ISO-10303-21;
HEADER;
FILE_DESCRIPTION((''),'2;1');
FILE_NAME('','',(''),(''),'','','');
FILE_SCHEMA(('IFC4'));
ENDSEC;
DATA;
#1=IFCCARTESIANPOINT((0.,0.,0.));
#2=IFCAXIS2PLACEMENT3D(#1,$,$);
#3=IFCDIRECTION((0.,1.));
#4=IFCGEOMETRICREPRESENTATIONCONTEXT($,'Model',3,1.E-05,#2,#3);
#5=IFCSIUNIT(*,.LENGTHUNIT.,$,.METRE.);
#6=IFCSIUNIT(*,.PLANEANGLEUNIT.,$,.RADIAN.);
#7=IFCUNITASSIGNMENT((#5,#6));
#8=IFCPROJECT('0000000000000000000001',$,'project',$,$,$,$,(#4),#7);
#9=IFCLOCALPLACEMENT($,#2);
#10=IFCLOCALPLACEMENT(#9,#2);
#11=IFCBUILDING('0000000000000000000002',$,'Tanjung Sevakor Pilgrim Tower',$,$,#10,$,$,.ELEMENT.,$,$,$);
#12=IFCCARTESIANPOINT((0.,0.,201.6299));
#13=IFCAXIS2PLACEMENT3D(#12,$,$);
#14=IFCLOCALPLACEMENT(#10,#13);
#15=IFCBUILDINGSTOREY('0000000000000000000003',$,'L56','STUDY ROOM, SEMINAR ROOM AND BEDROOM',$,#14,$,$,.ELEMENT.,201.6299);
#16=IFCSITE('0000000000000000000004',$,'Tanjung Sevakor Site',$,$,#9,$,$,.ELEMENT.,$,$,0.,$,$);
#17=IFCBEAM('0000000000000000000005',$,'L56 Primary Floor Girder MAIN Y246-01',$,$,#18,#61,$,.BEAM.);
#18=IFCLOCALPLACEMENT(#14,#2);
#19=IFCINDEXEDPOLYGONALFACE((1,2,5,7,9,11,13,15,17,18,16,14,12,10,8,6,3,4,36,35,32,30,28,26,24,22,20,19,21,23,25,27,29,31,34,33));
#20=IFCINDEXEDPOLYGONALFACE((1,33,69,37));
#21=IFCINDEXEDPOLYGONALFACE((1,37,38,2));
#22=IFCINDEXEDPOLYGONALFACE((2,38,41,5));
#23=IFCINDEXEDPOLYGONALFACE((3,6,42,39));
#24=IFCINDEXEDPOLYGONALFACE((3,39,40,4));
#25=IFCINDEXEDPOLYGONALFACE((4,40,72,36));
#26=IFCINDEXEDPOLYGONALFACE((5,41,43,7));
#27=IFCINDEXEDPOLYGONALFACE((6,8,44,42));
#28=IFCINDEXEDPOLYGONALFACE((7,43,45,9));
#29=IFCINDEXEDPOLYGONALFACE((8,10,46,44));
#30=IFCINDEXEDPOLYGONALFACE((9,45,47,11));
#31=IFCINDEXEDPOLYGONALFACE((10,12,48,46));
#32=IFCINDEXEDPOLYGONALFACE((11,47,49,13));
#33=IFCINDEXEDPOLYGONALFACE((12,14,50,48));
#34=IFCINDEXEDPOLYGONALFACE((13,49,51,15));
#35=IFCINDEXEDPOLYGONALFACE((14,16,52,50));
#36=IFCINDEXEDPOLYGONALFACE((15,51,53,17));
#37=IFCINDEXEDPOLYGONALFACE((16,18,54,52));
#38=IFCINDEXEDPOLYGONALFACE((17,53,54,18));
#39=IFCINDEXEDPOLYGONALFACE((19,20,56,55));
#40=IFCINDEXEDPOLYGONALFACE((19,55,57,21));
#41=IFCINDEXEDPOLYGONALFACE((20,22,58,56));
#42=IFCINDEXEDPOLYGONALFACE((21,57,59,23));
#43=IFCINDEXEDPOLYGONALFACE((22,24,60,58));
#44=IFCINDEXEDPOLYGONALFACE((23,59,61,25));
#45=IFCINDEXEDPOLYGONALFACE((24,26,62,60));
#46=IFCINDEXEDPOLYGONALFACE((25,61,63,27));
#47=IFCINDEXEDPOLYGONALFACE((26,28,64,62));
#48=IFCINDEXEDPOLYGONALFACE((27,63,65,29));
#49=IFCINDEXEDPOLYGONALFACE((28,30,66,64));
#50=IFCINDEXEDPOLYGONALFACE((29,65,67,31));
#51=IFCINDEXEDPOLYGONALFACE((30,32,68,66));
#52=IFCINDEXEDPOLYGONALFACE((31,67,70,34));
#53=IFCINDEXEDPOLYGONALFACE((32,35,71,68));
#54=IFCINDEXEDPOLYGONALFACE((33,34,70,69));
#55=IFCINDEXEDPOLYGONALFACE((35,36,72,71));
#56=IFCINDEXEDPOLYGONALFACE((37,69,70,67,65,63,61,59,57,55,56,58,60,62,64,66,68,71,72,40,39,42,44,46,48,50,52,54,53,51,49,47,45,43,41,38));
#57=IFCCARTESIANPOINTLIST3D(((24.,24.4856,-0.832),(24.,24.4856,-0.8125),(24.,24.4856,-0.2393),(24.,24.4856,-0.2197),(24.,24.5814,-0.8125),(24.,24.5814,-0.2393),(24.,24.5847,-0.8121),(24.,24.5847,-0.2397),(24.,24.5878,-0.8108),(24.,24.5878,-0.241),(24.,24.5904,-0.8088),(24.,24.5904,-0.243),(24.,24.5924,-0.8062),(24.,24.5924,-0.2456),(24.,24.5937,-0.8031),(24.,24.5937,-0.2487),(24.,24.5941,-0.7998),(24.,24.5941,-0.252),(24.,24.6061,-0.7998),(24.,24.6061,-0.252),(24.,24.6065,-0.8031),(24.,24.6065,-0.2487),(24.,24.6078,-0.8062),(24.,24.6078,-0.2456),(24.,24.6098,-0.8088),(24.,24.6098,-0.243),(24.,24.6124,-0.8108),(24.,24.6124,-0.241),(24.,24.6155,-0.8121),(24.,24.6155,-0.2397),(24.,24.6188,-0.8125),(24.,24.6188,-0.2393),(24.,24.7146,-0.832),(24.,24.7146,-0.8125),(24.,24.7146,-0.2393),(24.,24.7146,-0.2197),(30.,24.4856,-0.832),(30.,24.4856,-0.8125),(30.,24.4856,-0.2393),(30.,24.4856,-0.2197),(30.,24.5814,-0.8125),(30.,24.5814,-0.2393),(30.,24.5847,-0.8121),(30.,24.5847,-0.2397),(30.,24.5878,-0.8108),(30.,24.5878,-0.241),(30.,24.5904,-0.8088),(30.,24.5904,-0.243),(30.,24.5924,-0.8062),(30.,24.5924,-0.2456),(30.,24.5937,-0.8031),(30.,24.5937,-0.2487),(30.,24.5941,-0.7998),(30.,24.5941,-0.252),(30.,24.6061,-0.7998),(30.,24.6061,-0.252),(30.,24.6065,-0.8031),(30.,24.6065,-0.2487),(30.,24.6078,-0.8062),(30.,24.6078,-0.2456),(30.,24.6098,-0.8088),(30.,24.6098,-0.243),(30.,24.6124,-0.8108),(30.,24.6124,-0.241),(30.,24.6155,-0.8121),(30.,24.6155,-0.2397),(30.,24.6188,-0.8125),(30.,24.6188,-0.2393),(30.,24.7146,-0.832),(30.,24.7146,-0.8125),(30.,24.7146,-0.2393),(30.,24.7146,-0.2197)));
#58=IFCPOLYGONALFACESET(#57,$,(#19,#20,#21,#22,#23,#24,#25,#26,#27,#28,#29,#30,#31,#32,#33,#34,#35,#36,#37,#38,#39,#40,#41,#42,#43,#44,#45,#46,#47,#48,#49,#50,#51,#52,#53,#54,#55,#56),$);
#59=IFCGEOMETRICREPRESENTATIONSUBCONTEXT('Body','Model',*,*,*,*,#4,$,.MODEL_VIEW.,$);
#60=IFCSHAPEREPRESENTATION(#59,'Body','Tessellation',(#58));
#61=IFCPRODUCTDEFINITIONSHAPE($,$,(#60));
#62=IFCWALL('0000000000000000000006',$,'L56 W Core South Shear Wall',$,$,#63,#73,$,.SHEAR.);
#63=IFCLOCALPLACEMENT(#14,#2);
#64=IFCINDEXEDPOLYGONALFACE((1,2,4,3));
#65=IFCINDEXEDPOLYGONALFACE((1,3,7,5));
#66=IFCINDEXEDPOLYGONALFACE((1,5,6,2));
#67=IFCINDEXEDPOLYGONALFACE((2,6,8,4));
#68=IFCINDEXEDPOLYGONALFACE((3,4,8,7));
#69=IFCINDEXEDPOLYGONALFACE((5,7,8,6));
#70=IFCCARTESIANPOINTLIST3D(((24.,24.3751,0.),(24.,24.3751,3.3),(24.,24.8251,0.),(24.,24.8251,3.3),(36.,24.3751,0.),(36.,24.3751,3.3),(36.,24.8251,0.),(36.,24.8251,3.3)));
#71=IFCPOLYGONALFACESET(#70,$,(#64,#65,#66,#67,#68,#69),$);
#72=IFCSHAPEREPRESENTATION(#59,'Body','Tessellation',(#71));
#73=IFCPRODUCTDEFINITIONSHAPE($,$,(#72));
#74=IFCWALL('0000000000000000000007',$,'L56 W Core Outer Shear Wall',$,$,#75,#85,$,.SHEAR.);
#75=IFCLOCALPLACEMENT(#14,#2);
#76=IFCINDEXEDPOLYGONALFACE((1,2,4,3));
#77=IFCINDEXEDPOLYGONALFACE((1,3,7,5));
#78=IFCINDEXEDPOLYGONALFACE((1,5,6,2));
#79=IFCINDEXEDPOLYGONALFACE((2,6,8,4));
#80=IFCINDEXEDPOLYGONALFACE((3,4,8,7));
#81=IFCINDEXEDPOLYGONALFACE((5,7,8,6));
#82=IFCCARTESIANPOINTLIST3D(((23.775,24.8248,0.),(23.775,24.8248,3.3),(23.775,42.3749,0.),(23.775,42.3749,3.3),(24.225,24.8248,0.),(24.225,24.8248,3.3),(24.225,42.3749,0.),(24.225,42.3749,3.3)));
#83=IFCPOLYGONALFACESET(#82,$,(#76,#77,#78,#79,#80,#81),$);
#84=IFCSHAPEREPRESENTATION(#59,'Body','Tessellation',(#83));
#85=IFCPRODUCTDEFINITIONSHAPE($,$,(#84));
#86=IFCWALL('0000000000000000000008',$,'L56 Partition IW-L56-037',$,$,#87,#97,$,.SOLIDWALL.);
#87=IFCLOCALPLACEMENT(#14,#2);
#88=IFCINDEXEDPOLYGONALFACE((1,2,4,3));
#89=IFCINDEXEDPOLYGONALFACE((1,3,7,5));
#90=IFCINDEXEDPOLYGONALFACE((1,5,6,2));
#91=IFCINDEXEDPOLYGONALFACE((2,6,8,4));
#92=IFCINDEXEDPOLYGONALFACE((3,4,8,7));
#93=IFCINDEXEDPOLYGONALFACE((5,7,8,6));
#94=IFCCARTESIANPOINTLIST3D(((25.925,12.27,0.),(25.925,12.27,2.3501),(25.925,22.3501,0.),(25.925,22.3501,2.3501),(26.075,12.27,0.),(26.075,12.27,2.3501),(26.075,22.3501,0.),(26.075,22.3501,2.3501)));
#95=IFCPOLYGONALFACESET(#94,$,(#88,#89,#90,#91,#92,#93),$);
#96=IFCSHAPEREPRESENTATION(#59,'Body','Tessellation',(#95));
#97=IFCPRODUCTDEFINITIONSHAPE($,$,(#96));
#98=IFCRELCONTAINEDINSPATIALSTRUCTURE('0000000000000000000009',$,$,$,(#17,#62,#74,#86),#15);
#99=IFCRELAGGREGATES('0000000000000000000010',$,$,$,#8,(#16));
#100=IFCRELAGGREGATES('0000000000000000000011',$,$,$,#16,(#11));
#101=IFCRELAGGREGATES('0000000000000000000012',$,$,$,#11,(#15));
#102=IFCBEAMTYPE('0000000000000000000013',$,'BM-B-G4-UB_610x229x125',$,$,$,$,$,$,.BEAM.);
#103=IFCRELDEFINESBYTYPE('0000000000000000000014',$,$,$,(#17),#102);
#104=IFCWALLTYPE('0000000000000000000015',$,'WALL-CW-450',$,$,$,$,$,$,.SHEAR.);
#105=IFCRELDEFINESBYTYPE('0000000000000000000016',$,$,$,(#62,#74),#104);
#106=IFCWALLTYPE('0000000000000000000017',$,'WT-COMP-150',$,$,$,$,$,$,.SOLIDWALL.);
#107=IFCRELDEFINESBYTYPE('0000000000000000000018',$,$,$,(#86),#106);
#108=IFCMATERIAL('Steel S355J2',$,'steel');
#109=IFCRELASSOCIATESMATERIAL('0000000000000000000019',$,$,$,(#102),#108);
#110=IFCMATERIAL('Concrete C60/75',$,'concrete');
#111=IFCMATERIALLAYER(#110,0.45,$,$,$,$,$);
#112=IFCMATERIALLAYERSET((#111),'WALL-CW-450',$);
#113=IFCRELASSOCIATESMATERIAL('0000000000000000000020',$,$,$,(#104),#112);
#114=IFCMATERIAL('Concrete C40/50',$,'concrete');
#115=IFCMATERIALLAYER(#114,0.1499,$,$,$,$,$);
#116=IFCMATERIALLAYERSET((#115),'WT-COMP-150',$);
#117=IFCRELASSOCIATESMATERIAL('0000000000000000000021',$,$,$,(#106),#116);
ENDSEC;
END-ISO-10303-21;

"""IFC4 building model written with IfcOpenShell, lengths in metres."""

from ifc_helpers import new_model, si_unit, direction, frame, frame_2d, origin, origin_2d, place, context, subcontext, project, spatial, rectangle, i_section, extrude, material, layer, layer_set, material_profile, profile_set, type_object, element, save


model = new_model("IFC4")

# Units and contexts
model_context = context("Model", 3, precision=1e-05, world=origin(), true_north=direction((0.0, 1.0)))
body_context = subcontext(model_context, "Body", "Model", "MODEL_VIEW")
ifc_project = project(units=[si_unit("LENGTHUNIT", "METRE"), si_unit("PLANEANGLEUNIT", "RADIAN")], contexts=[model_context])

# Site, building, storey
site_placement = place(None, origin())
site = spatial("IfcSite", under=ifc_project, at=site_placement, Name="Tanjung Sevakor Site", CompositionType="ELEMENT", RefElevation=0.0)
building_placement = place(site_placement, origin())
building = spatial("IfcBuilding", under=site, at=building_placement, Name="Tanjung Sevakor Pilgrim Tower", CompositionType="ELEMENT")
storey_placement = place(building_placement, frame((0.0, 0.0, 201.6299)))
storey = spatial("IfcBuildingStorey", under=building, at=storey_placement, Name="L56", Description="STUDY ROOM, SEMINAR ROOM AND BEDROOM", CompositionType="ELEMENT", Elevation=201.6299)

# Beam
ifc_material_1 = material(Name="Steel S355J2", Category="steel")
ifc_material_profile = material_profile(ifc_material_1, i_section(OverallWidth=0.229, OverallDepth=0.6123, WebThickness=0.012, FlangeThickness=0.0195, FilletRadius=0.0127, at=origin_2d()))
ifc_profile_set = profile_set([ifc_material_profile], Name="Steel S355J2")
beam_type = type_object("IfcBeamType", Name="BM-B-G4-UB_610x229x125", PredefinedType="BEAM", material=ifc_profile_set)
beam_placement = place(storey_placement, frame((24.0, 24.6001, -0.5259), z_axis=(1.0, 0.0, 0.0), x_axis=(0.0, 1.0, 0.0)))
element("IfcBeam", 1, at=beam_placement, inside=storey, type_object=beam_type, Name="L56 Primary Floor Girder MAIN Y246-01", PredefinedType="BEAM", context=body_context, shape_type="SweptSolid", body=[
    extrude(i_section(OverallWidth=0.229, OverallDepth=0.6123, WebThickness=0.012, FlangeThickness=0.0195, FilletRadius=0.0127, at=origin_2d()), origin(), (0.0, 0.0, 1.0), 6.0),
])

# Walls
ifc_material_2 = material(Name="Concrete C60/75", Category="concrete")
ifc_layer_1 = layer(ifc_material_2, 0.45)
ifc_layer_set_1 = layer_set([ifc_layer_1], Name="WALL-CW-450")
wall_type_1 = type_object("IfcWallType", Name="WALL-CW-450", PredefinedType="SHEAR", material=ifc_layer_set_1)
wall_1_placement = place(storey_placement, frame((24.0, 24.6001, 0.0), z_axis=(0.0, 0.0, 1.0), x_axis=(1.0, 0.0, 0.0)))
element("IfcWall", 2, at=wall_1_placement, inside=storey, type_object=wall_type_1, Name="L56 W Core South Shear Wall", PredefinedType="SHEAR", context=body_context, shape_type="SweptSolid", body=[
    extrude(rectangle(XDim=12.0, YDim=0.45, at=frame_2d((6.0, 0.0))), origin(), (0.0, 0.0, 1.0), 3.3),
])
wall_2_placement = place(storey_placement, frame((24.0, 24.825, 0.0), z_axis=(0.0, 0.0, 1.0), x_axis=(0.0, 1.0, 0.0)))
element("IfcWall", 3, at=wall_2_placement, inside=storey, type_object=wall_type_1, Name="L56 W Core Outer Shear Wall", PredefinedType="SHEAR", context=body_context, shape_type="SweptSolid", body=[
    extrude(rectangle(XDim=17.55, YDim=0.45, at=frame_2d((8.7749, 0.0))), origin(), (0.0, 0.0, 1.0), 3.3),
])

# Wall
ifc_material_3 = material(Name="Concrete C40/50", Category="concrete")
ifc_layer_2 = layer(ifc_material_3, 0.1499)
ifc_layer_set_2 = layer_set([ifc_layer_2], Name="WT-COMP-150")
wall_type_2 = type_object("IfcWallType", Name="WT-COMP-150", PredefinedType="SOLIDWALL", material=ifc_layer_set_2)
wall_3_placement = place(storey_placement, frame((26.0, 12.27, 0.0), z_axis=(0.0, 0.0, 1.0), x_axis=(0.0, 1.0, 0.0)))
element("IfcWall", 4, at=wall_3_placement, inside=storey, type_object=wall_type_2, Name="L56 Partition IW-L56-037", PredefinedType="SOLIDWALL", context=body_context, shape_type="SweptSolid", body=[
    extrude(rectangle(XDim=10.0801, YDim=0.1499, at=frame_2d((5.04, 0.0))), origin(), (0.0, 0.0, 1.0), 2.3501),
])

save(model, "model.ifc")
